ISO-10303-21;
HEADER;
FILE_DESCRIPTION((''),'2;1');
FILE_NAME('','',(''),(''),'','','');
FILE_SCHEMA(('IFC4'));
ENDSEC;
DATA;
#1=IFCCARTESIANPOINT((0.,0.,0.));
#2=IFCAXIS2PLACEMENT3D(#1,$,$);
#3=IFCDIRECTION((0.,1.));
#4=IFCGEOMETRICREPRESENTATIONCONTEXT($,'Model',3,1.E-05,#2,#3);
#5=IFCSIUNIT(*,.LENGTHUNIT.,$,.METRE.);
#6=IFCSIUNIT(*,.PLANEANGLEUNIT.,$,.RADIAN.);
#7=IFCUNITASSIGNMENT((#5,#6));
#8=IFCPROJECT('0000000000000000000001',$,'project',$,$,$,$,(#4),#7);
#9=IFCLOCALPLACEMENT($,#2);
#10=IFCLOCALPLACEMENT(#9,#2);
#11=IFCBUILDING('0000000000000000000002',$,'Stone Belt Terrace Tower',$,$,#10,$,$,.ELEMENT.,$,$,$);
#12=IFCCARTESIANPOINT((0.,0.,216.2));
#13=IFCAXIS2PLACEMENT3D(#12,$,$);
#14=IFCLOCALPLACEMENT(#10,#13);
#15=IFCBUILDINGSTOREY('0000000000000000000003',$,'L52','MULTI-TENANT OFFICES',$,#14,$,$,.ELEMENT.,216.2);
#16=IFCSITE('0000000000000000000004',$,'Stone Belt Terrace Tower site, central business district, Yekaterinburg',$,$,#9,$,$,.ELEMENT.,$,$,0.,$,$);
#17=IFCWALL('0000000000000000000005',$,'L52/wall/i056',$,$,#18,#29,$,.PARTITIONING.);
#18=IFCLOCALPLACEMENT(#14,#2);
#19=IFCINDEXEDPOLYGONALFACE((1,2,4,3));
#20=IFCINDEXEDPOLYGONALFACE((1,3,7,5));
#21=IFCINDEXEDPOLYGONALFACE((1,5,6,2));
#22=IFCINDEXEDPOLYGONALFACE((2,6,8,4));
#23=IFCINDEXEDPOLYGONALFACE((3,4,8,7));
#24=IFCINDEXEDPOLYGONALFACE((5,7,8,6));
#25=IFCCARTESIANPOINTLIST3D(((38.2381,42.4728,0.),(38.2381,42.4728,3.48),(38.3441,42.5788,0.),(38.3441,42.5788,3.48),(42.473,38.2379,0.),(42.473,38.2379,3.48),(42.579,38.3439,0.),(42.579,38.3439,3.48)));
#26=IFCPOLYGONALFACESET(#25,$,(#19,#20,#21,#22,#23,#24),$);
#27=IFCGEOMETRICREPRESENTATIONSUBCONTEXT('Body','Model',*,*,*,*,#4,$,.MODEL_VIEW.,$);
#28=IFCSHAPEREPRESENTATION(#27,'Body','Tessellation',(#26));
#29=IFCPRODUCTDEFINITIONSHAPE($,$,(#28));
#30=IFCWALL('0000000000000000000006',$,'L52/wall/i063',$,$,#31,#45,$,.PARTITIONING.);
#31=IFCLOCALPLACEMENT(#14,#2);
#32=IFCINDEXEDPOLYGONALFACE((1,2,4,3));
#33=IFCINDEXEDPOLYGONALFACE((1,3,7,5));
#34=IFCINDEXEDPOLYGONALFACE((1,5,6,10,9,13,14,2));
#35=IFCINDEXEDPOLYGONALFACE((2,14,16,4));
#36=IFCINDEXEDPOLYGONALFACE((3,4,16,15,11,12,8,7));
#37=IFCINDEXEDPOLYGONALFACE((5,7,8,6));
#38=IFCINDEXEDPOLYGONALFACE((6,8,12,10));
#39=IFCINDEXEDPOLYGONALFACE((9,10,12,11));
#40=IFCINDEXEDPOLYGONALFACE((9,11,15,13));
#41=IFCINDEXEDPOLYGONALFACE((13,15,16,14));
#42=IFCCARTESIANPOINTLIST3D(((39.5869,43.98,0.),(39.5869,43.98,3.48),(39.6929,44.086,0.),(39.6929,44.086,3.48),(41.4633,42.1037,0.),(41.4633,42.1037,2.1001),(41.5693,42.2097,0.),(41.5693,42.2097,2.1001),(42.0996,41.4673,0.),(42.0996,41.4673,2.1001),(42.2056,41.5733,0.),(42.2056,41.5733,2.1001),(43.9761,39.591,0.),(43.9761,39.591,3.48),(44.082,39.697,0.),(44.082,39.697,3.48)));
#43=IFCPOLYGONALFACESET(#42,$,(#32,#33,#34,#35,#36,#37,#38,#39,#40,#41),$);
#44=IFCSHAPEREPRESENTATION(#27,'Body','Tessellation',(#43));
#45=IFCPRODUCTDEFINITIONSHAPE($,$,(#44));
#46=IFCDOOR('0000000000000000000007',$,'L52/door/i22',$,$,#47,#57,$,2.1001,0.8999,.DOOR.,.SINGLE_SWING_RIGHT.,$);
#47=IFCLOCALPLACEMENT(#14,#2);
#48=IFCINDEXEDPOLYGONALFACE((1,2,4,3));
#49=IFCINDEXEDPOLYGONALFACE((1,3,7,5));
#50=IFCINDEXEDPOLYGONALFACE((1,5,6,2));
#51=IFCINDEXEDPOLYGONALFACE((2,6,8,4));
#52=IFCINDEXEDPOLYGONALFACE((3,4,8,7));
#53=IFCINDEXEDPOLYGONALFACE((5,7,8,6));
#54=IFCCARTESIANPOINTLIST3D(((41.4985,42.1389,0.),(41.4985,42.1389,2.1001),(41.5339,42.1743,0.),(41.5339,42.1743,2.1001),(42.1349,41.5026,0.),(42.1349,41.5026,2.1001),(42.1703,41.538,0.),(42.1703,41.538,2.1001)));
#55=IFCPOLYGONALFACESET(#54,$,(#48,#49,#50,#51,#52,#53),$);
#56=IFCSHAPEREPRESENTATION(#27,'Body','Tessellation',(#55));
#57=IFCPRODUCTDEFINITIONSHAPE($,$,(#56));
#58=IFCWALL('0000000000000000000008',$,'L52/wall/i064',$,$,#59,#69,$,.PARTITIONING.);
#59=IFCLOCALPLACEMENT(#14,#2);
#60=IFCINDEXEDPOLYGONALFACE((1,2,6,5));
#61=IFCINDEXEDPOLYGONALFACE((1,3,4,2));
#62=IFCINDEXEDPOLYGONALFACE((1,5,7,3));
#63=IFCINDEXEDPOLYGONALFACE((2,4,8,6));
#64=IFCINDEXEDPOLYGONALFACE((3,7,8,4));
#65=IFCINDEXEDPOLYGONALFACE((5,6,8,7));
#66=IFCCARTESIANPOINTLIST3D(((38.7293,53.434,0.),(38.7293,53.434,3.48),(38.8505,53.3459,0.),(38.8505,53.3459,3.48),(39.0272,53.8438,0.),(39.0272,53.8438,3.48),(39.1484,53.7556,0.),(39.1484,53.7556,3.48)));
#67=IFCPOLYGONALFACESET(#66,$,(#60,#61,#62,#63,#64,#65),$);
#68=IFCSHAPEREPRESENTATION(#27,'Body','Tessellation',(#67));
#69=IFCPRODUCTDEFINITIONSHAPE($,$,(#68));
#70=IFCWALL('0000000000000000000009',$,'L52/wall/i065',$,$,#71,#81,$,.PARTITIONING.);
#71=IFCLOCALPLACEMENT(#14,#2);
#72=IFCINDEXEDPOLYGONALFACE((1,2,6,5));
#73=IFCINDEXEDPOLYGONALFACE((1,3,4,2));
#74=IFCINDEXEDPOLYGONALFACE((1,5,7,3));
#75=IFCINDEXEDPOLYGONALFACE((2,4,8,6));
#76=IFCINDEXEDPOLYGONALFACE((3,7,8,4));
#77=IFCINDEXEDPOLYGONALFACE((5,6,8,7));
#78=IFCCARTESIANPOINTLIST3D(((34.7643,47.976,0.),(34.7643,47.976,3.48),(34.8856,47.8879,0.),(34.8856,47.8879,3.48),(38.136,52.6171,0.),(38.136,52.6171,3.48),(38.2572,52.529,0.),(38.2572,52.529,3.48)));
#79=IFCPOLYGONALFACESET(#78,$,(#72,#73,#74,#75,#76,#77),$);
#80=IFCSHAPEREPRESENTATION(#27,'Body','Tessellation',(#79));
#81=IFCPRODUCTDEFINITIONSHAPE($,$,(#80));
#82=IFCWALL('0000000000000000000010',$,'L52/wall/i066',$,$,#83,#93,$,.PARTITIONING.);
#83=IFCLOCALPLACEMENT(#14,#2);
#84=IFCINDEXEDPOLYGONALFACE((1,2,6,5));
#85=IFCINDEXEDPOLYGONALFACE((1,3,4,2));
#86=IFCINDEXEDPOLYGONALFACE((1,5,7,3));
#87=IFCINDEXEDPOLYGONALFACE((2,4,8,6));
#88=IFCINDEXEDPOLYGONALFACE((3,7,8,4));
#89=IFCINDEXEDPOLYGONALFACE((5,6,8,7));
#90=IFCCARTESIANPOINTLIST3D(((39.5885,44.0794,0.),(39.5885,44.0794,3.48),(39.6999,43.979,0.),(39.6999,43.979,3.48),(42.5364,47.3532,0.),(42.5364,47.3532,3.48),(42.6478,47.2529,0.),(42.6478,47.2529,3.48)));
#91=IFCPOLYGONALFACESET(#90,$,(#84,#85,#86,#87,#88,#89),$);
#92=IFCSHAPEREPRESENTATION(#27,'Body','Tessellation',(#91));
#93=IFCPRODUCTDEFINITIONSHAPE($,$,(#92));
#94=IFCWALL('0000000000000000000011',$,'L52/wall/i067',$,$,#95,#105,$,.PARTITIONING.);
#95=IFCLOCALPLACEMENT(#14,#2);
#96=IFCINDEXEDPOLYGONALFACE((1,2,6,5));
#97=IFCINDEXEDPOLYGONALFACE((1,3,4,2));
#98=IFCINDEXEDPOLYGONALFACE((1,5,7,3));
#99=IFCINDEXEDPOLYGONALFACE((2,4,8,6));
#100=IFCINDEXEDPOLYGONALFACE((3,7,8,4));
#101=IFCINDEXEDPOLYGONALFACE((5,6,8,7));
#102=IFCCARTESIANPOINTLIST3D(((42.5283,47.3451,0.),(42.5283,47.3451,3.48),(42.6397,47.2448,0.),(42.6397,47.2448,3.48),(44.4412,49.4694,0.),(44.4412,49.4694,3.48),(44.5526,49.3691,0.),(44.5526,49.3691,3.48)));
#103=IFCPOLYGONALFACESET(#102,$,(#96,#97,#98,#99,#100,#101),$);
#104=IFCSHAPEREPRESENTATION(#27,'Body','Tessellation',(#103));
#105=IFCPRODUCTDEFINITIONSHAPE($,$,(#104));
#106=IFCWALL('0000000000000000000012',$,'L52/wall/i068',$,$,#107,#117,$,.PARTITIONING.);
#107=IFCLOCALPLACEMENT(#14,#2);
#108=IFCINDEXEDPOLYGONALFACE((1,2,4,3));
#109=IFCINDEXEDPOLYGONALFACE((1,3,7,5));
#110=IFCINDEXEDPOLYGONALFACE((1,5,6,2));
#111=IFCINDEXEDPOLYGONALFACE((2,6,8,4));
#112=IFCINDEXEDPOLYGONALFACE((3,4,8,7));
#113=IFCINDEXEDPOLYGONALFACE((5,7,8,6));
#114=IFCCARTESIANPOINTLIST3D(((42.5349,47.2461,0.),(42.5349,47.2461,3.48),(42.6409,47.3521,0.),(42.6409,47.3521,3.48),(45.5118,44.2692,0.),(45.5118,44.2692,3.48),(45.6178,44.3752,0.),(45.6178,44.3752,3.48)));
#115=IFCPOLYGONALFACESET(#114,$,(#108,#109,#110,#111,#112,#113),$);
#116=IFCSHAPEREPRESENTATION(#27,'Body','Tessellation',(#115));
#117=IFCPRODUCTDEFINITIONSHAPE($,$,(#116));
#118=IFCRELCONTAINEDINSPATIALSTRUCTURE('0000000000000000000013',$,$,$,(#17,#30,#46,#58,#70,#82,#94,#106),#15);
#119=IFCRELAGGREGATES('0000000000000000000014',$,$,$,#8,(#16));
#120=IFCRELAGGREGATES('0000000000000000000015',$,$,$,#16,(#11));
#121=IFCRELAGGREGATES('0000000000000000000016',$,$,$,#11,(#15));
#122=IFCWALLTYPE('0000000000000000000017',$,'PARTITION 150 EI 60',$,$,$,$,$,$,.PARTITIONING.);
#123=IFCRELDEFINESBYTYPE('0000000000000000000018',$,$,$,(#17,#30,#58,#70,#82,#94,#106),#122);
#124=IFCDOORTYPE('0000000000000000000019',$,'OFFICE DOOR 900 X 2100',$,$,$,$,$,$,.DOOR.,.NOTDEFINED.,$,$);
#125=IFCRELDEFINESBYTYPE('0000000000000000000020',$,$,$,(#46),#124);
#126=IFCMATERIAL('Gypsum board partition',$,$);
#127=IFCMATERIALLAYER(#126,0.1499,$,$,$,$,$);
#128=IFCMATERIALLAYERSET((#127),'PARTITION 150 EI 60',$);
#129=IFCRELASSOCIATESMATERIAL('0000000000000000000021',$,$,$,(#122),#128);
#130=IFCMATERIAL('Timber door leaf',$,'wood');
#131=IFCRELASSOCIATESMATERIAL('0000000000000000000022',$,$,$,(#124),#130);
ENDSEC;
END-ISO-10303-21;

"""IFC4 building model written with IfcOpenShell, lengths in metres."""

from ifc_helpers import new_model, si_unit, direction, frame, frame_2d, origin, place, context, subcontext, project, spatial, rectangle, extrude, material, layer, layer_set, type_object, element, fill, save


model = new_model("IFC4")

# Units and contexts
model_context = context("Model", 3, precision=1e-05, world=origin(), true_north=direction((0.0, 1.0)))
body_context = subcontext(model_context, "Body", "Model", "MODEL_VIEW")
ifc_project = project(units=[si_unit("LENGTHUNIT", "METRE"), si_unit("PLANEANGLEUNIT", "RADIAN")], contexts=[model_context])

# Site, building, storey
site_placement = place(None, origin())
site = spatial("IfcSite", under=ifc_project, at=site_placement, Name="Stone Belt Terrace Tower site, central business district, Yekaterinburg", CompositionType="ELEMENT", RefElevation=0.0)
building_placement = place(site_placement, origin())
building = spatial("IfcBuilding", under=site, at=building_placement, Name="Stone Belt Terrace Tower", CompositionType="ELEMENT")
storey_placement = place(building_placement, frame((0.0, 0.0, 216.2)))
storey = spatial("IfcBuildingStorey", under=building, at=storey_placement, Name="L52", Description="MULTI-TENANT OFFICES", CompositionType="ELEMENT", Elevation=216.2)

# Wall
ifc_material_1 = material(Name="Gypsum board partition")
ifc_layer_1 = layer(ifc_material_1, 0.1499)
ifc_layer_set_1 = layer_set([ifc_layer_1], Name="PARTITION 150 EI 60")
wall_type = type_object("IfcWallType", Name="PARTITION 150 EI 60", PredefinedType="PARTITIONING", material=ifc_layer_set_1)
wall_1_placement = place(storey_placement, frame((38.291, 42.5259, 0.0), z_axis=(0.0, 0.0, 1.0), x_axis=(0.707107, -0.707107, 0.0)))
element("IfcWall", 1, at=wall_1_placement, inside=storey, type_object=wall_type, Name="L52/wall/i056", PredefinedType="PARTITIONING", context=body_context, shape_type="SweptSolid", body=[
    extrude(rectangle(XDim=5.989, YDim=0.1499, at=frame_2d((2.9946, 0.0))), origin(), (0.0, 0.0, 1.0), 3.48),
])

# Wall, opening, door
wall_2_placement = place(storey_placement, frame((39.6399, 44.033, 0.0), z_axis=(0.0, 0.0, 1.0), x_axis=(0.707126, -0.707087, 0.0)))
wall_2 = element("IfcWall", 2, at=wall_2_placement, inside=storey, type_object=wall_type, Name="L52/wall/i063", PredefinedType="PARTITIONING", context=body_context, shape_type="SweptSolid", body=[
    extrude(rectangle(XDim=6.207, YDim=0.1499, at=frame_2d((3.1035, 0.0))), origin(), (0.0, 0.0, 1.0), 3.48),
])
opening_placement = place(wall_2_placement, frame((2.6536, 0.0, 0.0)))
opening = element("IfcOpeningElement", 3, at=opening_placement, cuts=wall_2, PredefinedType="OPENING", context=body_context, shape_type="SweptSolid", body=[
    extrude(rectangle(XDim=0.8999, YDim=2.1001, at=frame_2d((0.45, 1.05))), frame((0.0, 0.085, 0.0), z_axis=(0.0, -1.0, 0.0), x_axis=(1.0, 0.0, 0.0)), (0.0, 0.0, 1.0), 0.1699),
])
ifc_material_2 = material(Name="Timber door leaf", Category="wood")
door_type = type_object("IfcDoorType", Name="OFFICE DOOR 900 X 2100", OperationType="NOTDEFINED", PredefinedType="DOOR", material=ifc_material_2)
door_placement = place(opening_placement, origin())
door = element("IfcDoor", 4, at=door_placement, inside=storey, type_object=door_type, Name="L52/door/i22", OperationType="SINGLE_SWING_RIGHT", OverallHeight=2.1001, OverallWidth=0.8999, PredefinedType="DOOR", context=body_context, shape_type="SweptSolid", body=[
    extrude(rectangle(XDim=0.8999, YDim=2.1001, at=frame_2d((0.45, 1.05))), frame((0.0, 0.0249, 0.0), z_axis=(0.0, -1.0, 0.0), x_axis=(1.0, 0.0, 0.0)), (0.0, 0.0, 1.0), 0.05),
])
fill(opening, door)

# Walls
wall_3_placement = place(storey_placement, frame((39.0879, 53.7998, 0.0), z_axis=(0.0, 0.0, 1.0), x_axis=(-0.588057, -0.808819, 0.0)))
element("IfcWall", 5, at=wall_3_placement, inside=storey, type_object=wall_type, Name="L52/wall/i064", PredefinedType="PARTITIONING", context=body_context, shape_type="SweptSolid", body=[
    extrude(rectangle(XDim=0.5066, YDim=0.1499, at=frame_2d((0.2534, 0.0))), origin(), (0.0, 0.0, 1.0), 3.48),
])
wall_4_placement = place(storey_placement, frame((38.1965, 52.573, 0.0), z_axis=(0.0, 0.0, 1.0), x_axis=(-0.587741, -0.809049, 0.0)))
element("IfcWall", 6, at=wall_4_placement, inside=storey, type_object=wall_type, Name="L52/wall/i065", PredefinedType="PARTITIONING", context=body_context, shape_type="SweptSolid", body=[
    extrude(rectangle(XDim=5.7366, YDim=0.1499, at=frame_2d((2.8682, 0.0))), origin(), (0.0, 0.0, 1.0), 3.48),
])
wall_5_placement = place(storey_placement, frame((42.592, 47.303, 0.0), z_axis=(0.0, 0.0, 1.0), x_axis=(-0.669148, -0.743129, 0.0)))
element("IfcWall", 7, at=wall_5_placement, inside=storey, type_object=wall_type, Name="L52/wall/i066", PredefinedType="PARTITIONING", context=body_context, shape_type="SweptSolid", body=[
    extrude(rectangle(XDim=4.4055, YDim=0.1499, at=frame_2d((2.2026, 0.0))), origin(), (0.0, 0.0, 1.0), 3.48),
])
wall_6_placement = place(storey_placement, frame((44.4968, 49.4192, 0.0), z_axis=(0.0, 0.0, 1.0), x_axis=(-0.669158, -0.74312, 0.0)))
element("IfcWall", 8, at=wall_6_placement, inside=storey, type_object=wall_type, Name="L52/wall/i067", PredefinedType="PARTITIONING", context=body_context, shape_type="SweptSolid", body=[
    extrude(rectangle(XDim=2.8586, YDim=0.1499, at=frame_2d((1.4292, 0.0))), origin(), (0.0, 0.0, 1.0), 3.48),
])
wall_7_placement = place(storey_placement, frame((42.5879, 47.2991, 0.0), z_axis=(0.0, 0.0, 1.0), x_axis=(0.707107, -0.707107, 0.0)))
element("IfcWall", 9, at=wall_7_placement, inside=storey, type_object=wall_type, Name="L52/wall/i068", PredefinedType="PARTITIONING", context=body_context, shape_type="SweptSolid", body=[
    extrude(rectangle(XDim=4.21, YDim=0.1499, at=frame_2d((2.105, 0.0))), origin(), (0.0, 0.0, 1.0), 3.48),
])

save(model, "model.ifc")
